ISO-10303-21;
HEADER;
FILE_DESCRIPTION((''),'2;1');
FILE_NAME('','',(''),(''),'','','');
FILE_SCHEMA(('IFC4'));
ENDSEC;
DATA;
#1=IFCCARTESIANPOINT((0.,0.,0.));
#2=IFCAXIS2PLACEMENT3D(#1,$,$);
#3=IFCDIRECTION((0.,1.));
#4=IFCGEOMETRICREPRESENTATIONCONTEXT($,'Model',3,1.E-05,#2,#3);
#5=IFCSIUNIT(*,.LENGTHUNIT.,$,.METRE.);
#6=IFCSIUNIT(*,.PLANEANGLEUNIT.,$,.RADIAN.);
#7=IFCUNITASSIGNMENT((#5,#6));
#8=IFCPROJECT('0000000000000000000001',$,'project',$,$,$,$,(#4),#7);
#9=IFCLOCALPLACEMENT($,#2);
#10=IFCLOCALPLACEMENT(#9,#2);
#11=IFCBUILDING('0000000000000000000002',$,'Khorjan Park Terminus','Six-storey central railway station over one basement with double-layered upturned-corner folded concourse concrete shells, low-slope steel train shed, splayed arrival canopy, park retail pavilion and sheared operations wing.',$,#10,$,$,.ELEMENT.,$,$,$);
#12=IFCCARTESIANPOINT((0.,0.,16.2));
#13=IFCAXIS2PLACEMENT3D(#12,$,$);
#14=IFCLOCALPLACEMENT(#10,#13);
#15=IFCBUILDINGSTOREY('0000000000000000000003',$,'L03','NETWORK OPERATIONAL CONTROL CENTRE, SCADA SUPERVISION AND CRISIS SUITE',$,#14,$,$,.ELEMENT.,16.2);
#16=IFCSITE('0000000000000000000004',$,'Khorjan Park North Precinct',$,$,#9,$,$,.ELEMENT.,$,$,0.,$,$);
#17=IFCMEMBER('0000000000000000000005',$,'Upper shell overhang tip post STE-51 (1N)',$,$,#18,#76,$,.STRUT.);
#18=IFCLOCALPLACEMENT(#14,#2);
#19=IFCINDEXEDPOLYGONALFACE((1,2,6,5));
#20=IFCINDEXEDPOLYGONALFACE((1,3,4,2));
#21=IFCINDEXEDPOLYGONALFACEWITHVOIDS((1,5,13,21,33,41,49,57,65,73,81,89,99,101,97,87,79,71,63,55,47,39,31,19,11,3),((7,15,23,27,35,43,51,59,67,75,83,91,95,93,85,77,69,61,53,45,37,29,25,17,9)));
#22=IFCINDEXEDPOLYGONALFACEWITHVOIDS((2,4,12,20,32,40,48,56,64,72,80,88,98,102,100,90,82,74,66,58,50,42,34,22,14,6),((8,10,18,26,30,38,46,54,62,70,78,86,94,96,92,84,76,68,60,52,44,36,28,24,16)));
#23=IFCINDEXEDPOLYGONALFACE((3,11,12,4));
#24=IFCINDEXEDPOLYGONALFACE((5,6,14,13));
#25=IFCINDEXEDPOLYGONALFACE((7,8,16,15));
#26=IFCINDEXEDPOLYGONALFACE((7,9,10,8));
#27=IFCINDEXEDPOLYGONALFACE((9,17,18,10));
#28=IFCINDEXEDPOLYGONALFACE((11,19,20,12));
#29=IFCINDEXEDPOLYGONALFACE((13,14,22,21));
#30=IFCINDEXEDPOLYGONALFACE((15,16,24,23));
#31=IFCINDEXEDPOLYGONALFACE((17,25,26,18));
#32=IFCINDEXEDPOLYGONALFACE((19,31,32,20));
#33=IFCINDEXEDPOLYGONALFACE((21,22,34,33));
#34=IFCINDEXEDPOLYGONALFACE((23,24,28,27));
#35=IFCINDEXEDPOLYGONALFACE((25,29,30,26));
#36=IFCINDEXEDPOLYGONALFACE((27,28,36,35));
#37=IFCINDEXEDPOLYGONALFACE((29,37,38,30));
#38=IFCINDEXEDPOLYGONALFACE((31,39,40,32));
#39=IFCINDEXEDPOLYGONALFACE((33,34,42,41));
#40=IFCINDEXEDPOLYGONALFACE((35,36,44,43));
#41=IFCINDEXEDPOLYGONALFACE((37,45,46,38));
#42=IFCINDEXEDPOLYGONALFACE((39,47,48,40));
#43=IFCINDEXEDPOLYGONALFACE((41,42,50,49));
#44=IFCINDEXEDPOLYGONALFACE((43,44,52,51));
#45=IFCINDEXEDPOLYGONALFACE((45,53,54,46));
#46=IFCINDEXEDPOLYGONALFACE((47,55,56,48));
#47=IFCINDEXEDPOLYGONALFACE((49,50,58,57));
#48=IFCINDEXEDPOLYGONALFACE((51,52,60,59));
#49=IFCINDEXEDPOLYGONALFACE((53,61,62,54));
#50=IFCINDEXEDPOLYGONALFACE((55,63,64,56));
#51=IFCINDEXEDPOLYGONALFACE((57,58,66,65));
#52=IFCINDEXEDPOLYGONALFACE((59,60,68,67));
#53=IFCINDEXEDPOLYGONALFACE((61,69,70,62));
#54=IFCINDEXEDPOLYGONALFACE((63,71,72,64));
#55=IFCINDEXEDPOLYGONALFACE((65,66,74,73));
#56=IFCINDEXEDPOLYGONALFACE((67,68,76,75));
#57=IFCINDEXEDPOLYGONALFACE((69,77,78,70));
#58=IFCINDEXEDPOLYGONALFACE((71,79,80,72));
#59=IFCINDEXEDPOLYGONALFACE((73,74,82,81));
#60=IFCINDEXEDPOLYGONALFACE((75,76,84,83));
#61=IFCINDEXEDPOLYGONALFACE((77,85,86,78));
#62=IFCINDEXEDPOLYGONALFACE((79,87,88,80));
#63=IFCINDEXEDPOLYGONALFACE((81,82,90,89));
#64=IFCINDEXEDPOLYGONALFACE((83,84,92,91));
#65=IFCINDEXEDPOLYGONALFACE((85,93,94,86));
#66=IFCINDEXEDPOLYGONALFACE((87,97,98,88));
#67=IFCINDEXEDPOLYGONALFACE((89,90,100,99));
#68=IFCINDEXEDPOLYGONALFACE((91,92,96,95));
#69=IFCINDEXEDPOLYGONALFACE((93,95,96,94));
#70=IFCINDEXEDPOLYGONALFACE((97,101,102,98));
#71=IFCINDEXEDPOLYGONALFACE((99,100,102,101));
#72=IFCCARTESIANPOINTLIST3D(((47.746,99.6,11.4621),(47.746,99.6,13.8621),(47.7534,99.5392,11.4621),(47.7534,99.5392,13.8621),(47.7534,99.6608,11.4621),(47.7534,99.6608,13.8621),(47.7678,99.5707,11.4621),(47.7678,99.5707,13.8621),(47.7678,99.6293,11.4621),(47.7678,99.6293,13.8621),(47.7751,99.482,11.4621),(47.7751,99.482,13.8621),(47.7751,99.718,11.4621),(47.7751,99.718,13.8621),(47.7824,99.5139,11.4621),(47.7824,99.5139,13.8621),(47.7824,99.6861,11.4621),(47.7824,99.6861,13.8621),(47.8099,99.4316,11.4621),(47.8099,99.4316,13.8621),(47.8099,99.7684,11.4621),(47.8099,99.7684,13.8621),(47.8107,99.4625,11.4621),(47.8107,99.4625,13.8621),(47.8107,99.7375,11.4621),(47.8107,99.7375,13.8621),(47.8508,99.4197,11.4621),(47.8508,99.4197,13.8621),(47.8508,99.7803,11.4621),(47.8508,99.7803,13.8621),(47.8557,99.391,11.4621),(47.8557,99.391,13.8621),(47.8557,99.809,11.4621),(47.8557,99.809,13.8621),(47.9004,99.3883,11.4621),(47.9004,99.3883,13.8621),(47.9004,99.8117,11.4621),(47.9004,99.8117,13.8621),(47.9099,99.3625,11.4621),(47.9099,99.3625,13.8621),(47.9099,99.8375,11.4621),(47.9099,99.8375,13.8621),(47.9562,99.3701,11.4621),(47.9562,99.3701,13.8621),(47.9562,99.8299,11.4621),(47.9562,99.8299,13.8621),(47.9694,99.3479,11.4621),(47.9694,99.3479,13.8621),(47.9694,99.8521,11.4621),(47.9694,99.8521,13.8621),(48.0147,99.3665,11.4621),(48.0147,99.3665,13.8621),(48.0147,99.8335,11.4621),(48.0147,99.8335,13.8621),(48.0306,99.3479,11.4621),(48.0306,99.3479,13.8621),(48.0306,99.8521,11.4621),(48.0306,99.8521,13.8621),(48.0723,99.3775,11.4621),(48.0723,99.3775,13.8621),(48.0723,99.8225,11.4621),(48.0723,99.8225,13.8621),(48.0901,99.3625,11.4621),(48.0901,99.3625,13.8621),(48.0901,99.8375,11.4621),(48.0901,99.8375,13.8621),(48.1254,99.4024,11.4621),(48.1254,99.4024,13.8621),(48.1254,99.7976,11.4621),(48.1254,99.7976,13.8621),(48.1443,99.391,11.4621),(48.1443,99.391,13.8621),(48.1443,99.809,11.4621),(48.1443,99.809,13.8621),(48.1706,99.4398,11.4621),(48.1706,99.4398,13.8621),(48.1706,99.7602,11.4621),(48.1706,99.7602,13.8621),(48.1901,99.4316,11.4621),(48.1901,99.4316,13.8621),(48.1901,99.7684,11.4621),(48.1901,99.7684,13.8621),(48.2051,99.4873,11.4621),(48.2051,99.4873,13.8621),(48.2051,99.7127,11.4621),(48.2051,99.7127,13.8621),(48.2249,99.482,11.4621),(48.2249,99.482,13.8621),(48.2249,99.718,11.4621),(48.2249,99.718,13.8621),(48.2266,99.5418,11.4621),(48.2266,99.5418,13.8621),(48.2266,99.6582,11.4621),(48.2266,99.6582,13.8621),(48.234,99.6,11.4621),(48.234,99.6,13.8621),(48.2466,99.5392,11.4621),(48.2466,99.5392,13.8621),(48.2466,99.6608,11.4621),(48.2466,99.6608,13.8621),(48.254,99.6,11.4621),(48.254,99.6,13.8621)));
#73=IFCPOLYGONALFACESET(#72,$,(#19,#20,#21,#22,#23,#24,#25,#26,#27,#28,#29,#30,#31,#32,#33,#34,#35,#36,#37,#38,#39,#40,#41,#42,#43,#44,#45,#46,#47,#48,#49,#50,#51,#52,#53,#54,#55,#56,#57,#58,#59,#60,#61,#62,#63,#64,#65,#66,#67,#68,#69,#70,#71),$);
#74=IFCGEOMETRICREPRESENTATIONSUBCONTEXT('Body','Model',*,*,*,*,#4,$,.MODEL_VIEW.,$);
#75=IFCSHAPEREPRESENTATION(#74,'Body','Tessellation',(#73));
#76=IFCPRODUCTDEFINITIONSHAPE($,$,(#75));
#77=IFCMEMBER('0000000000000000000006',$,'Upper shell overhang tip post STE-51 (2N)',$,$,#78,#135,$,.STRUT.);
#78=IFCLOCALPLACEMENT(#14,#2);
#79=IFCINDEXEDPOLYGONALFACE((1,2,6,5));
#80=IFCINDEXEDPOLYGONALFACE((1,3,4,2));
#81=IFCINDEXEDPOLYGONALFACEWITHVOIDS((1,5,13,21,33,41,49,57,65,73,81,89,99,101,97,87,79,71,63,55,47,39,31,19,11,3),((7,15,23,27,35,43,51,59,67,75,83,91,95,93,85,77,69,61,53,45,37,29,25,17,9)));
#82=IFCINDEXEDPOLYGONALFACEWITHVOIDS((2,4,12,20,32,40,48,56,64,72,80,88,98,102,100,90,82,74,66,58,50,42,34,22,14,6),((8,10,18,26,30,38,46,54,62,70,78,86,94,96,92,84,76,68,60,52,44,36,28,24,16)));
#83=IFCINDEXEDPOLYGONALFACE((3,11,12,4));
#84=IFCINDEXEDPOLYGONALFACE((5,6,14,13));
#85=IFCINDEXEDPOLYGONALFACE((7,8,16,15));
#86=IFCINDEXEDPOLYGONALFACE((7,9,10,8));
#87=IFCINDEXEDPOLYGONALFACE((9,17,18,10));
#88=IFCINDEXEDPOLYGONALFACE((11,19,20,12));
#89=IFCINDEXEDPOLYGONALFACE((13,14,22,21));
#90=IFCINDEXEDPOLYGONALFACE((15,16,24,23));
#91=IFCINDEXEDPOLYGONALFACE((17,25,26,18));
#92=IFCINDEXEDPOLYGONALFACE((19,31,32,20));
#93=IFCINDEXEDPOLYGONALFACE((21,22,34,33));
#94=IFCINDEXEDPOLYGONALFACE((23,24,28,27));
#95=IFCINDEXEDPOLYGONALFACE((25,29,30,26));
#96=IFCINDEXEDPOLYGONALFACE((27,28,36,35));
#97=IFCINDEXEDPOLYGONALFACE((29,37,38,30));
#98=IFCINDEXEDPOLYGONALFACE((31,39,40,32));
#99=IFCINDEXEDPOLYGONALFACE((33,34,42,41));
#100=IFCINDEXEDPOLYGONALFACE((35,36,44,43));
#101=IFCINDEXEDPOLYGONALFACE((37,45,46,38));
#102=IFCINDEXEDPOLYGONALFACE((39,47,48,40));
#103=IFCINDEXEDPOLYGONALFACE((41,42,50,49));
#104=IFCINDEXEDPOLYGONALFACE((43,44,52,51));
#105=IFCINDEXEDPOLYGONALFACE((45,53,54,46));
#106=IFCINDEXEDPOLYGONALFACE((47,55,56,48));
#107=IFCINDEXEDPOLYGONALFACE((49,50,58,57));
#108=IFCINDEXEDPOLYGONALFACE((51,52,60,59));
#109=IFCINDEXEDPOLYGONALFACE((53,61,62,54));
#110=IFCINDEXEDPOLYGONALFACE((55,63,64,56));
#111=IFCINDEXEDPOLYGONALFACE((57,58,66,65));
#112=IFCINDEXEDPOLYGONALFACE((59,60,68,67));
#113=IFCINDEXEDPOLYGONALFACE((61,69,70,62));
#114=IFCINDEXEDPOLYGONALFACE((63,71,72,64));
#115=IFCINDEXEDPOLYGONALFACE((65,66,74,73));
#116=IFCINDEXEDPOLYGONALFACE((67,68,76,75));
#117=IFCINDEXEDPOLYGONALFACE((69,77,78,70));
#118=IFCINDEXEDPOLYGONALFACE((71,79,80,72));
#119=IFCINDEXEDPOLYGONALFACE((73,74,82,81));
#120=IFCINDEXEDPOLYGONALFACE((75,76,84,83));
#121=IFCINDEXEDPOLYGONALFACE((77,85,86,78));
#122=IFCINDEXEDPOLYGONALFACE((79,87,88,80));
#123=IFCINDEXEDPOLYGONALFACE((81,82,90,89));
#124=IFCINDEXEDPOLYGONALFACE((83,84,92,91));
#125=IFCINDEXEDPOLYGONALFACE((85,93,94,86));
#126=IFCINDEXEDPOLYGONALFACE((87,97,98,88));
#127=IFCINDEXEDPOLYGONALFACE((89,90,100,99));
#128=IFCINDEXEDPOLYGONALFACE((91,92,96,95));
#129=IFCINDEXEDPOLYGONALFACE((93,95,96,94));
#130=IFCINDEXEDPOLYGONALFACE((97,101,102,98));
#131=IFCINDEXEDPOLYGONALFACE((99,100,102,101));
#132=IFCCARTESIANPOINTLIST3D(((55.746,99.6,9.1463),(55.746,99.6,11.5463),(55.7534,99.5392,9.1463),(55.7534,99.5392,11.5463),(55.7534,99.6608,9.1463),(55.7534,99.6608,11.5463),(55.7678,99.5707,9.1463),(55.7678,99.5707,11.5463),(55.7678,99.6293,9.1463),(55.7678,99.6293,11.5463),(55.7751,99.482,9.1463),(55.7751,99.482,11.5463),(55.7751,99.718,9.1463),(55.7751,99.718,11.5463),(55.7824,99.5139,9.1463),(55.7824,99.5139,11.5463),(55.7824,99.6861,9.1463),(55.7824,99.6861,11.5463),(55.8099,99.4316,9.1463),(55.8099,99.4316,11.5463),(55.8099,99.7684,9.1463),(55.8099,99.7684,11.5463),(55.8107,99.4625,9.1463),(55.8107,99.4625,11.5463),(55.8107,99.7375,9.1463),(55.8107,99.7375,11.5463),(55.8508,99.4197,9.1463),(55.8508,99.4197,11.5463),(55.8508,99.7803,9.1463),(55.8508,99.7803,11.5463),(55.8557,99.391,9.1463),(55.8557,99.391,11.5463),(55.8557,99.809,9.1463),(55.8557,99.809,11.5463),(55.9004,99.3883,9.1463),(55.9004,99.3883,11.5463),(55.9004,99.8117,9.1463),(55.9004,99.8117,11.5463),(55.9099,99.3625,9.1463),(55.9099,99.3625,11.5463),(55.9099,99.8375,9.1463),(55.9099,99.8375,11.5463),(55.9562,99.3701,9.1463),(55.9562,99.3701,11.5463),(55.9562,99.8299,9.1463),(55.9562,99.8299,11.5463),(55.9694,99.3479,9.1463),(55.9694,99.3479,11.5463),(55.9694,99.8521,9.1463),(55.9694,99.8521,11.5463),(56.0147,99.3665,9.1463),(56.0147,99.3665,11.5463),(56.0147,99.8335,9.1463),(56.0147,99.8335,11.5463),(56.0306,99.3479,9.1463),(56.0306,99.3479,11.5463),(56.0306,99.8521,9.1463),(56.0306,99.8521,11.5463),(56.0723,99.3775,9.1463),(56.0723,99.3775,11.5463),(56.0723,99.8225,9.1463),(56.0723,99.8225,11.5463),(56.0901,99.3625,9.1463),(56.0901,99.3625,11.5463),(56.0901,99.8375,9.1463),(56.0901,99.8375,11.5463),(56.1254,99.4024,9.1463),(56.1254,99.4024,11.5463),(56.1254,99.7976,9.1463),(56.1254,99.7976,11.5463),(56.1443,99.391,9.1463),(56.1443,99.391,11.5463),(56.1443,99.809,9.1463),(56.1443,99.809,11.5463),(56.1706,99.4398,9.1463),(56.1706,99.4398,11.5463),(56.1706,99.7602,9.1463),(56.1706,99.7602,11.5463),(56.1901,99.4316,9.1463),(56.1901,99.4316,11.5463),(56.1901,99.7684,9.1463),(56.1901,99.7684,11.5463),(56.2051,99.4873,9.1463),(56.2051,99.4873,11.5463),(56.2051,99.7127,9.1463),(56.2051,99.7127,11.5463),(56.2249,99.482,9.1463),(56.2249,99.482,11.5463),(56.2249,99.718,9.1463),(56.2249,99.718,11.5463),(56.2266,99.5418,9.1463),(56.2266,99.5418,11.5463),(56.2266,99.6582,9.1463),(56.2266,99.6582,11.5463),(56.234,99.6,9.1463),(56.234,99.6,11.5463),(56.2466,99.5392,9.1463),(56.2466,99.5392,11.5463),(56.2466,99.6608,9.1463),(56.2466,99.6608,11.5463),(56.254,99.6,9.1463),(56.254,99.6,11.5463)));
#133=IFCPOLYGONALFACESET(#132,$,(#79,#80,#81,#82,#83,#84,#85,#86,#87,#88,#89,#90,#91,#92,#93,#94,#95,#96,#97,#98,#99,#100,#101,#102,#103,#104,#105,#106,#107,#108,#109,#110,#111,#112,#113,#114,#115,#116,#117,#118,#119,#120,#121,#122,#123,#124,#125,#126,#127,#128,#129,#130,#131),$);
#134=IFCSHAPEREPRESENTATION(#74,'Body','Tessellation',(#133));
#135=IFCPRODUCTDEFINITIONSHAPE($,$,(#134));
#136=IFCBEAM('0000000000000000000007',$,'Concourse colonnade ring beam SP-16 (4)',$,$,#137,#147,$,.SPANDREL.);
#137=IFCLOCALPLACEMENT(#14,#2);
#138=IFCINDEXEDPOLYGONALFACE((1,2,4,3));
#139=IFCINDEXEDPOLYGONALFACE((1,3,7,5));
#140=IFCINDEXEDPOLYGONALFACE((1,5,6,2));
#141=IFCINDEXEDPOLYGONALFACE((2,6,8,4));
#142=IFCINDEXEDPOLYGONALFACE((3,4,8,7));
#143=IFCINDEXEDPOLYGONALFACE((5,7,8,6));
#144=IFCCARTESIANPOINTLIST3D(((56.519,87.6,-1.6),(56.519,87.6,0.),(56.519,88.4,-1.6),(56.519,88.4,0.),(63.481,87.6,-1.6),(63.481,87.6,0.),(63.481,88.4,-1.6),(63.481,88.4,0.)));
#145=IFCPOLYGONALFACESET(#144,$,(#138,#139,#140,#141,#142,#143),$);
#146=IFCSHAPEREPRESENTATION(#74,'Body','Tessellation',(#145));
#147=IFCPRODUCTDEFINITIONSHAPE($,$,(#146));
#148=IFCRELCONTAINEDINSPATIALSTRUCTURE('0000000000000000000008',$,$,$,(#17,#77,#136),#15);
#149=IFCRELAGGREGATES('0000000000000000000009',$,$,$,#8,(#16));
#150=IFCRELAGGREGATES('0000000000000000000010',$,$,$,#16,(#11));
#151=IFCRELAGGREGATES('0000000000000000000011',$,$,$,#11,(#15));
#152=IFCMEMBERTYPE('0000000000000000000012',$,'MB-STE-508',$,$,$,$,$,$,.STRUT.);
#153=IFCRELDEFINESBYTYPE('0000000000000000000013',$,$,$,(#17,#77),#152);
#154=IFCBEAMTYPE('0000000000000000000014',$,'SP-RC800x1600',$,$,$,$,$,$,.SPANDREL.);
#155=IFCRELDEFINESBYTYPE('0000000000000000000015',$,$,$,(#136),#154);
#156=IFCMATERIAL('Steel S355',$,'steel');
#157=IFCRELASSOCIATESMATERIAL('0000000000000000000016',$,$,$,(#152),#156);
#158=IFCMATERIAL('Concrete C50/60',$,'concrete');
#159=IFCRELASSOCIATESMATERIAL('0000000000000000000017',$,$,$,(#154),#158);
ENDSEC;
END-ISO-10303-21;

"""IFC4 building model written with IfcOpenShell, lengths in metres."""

from ifc_helpers import new_model, si_unit, direction, frame, origin, origin_2d, place, context, subcontext, project, spatial, rectangle, hollow_circle, extrude, material, material_profile, profile_set, type_object, element, save


model = new_model("IFC4")

# Units and contexts
model_context = context("Model", 3, precision=1e-05, world=origin(), true_north=direction((0.0, 1.0)))
body_context = subcontext(model_context, "Body", "Model", "MODEL_VIEW")
ifc_project = project(units=[si_unit("LENGTHUNIT", "METRE"), si_unit("PLANEANGLEUNIT", "RADIAN")], contexts=[model_context])

# Site, building, storey
site_placement = place(None, origin())
site = spatial("IfcSite", under=ifc_project, at=site_placement, Name="Khorjan Park North Precinct", CompositionType="ELEMENT", RefElevation=0.0)
building_placement = place(site_placement, origin())
building = spatial("IfcBuilding", under=site, at=building_placement, Name="Khorjan Park Terminus", Description="Six-storey central railway station over one basement with double-layered upturned-corner folded concourse concrete shells, low-slope steel train shed, splayed arrival canopy, park retail pavilion and sheared operations wing.", CompositionType="ELEMENT")
storey_placement = place(building_placement, frame((0.0, 0.0, 16.2)))
storey = spatial("IfcBuildingStorey", under=building, at=storey_placement, Name="L03", Description="NETWORK OPERATIONAL CONTROL CENTRE, SCADA SUPERVISION AND CRISIS SUITE", CompositionType="ELEMENT", Elevation=16.2)

# Members
ifc_material_1 = material(Name="Steel S355", Category="steel")
ifc_material_profile_1 = material_profile(ifc_material_1, hollow_circle(Radius=0.254, WallThickness=0.02, at=origin_2d()), Name="CHS 508x20")
ifc_profile_set_1 = profile_set([ifc_material_profile_1], Name="Steel S355")
member_type_1 = type_object("IfcMemberType", Name="MB-STE-508", PredefinedType="STRUT", material=ifc_profile_set_1)
for number, where, z_axis, x_axis, name in (
    (1, (48.0, 99.6, 11.4621), (0.0, 0.0, 1.0), (1.0, 0.0, 0.0), "Upper shell overhang tip post STE-51 (1N)"),
    (2, (56.0, 99.6, 9.1463), (0.0, 0.0, 1.0), (1.0, 0.0, 0.0), "Upper shell overhang tip post STE-51 (2N)"),
):
    element("IfcMember", number, at=place(storey_placement, frame(where, z_axis=z_axis, x_axis=x_axis)), inside=storey, type_object=member_type_1, Name=name, PredefinedType="STRUT", context=body_context, shape_type="SweptSolid", body=[
        extrude(hollow_circle(Radius=0.254, WallThickness=0.02, at=origin_2d()), origin(), (0.0, 0.0, 1.0), 2.4),
    ])

# Beam
ifc_material_2 = material(Name="Concrete C50/60", Category="concrete")
ifc_material_profile_2 = material_profile(ifc_material_2, rectangle(XDim=0.8, YDim=1.6, at=origin_2d()), Name="RC 800x1600")
ifc_profile_set_2 = profile_set([ifc_material_profile_2], Name="Concrete C50/60")
beam_type_1 = type_object("IfcBeamType", Name="SP-RC800x1600", PredefinedType="SPANDREL", material=ifc_profile_set_2)
beam_1_placement = place(storey_placement, frame((56.519, 88.0, -0.8), z_axis=(1.0, 0.0, 0.0), x_axis=(0.0, 1.0, 0.0)))
element("IfcBeam", 3, at=beam_1_placement, inside=storey, type_object=beam_type_1, Name="Concourse colonnade ring beam SP-16 (4)", PredefinedType="SPANDREL", context=body_context, shape_type="SweptSolid", body=[
    extrude(rectangle(XDim=0.8, YDim=1.6, at=origin_2d()), origin(), (0.0, 0.0, 1.0), 6.962),
])

save(model, "model.ifc")
